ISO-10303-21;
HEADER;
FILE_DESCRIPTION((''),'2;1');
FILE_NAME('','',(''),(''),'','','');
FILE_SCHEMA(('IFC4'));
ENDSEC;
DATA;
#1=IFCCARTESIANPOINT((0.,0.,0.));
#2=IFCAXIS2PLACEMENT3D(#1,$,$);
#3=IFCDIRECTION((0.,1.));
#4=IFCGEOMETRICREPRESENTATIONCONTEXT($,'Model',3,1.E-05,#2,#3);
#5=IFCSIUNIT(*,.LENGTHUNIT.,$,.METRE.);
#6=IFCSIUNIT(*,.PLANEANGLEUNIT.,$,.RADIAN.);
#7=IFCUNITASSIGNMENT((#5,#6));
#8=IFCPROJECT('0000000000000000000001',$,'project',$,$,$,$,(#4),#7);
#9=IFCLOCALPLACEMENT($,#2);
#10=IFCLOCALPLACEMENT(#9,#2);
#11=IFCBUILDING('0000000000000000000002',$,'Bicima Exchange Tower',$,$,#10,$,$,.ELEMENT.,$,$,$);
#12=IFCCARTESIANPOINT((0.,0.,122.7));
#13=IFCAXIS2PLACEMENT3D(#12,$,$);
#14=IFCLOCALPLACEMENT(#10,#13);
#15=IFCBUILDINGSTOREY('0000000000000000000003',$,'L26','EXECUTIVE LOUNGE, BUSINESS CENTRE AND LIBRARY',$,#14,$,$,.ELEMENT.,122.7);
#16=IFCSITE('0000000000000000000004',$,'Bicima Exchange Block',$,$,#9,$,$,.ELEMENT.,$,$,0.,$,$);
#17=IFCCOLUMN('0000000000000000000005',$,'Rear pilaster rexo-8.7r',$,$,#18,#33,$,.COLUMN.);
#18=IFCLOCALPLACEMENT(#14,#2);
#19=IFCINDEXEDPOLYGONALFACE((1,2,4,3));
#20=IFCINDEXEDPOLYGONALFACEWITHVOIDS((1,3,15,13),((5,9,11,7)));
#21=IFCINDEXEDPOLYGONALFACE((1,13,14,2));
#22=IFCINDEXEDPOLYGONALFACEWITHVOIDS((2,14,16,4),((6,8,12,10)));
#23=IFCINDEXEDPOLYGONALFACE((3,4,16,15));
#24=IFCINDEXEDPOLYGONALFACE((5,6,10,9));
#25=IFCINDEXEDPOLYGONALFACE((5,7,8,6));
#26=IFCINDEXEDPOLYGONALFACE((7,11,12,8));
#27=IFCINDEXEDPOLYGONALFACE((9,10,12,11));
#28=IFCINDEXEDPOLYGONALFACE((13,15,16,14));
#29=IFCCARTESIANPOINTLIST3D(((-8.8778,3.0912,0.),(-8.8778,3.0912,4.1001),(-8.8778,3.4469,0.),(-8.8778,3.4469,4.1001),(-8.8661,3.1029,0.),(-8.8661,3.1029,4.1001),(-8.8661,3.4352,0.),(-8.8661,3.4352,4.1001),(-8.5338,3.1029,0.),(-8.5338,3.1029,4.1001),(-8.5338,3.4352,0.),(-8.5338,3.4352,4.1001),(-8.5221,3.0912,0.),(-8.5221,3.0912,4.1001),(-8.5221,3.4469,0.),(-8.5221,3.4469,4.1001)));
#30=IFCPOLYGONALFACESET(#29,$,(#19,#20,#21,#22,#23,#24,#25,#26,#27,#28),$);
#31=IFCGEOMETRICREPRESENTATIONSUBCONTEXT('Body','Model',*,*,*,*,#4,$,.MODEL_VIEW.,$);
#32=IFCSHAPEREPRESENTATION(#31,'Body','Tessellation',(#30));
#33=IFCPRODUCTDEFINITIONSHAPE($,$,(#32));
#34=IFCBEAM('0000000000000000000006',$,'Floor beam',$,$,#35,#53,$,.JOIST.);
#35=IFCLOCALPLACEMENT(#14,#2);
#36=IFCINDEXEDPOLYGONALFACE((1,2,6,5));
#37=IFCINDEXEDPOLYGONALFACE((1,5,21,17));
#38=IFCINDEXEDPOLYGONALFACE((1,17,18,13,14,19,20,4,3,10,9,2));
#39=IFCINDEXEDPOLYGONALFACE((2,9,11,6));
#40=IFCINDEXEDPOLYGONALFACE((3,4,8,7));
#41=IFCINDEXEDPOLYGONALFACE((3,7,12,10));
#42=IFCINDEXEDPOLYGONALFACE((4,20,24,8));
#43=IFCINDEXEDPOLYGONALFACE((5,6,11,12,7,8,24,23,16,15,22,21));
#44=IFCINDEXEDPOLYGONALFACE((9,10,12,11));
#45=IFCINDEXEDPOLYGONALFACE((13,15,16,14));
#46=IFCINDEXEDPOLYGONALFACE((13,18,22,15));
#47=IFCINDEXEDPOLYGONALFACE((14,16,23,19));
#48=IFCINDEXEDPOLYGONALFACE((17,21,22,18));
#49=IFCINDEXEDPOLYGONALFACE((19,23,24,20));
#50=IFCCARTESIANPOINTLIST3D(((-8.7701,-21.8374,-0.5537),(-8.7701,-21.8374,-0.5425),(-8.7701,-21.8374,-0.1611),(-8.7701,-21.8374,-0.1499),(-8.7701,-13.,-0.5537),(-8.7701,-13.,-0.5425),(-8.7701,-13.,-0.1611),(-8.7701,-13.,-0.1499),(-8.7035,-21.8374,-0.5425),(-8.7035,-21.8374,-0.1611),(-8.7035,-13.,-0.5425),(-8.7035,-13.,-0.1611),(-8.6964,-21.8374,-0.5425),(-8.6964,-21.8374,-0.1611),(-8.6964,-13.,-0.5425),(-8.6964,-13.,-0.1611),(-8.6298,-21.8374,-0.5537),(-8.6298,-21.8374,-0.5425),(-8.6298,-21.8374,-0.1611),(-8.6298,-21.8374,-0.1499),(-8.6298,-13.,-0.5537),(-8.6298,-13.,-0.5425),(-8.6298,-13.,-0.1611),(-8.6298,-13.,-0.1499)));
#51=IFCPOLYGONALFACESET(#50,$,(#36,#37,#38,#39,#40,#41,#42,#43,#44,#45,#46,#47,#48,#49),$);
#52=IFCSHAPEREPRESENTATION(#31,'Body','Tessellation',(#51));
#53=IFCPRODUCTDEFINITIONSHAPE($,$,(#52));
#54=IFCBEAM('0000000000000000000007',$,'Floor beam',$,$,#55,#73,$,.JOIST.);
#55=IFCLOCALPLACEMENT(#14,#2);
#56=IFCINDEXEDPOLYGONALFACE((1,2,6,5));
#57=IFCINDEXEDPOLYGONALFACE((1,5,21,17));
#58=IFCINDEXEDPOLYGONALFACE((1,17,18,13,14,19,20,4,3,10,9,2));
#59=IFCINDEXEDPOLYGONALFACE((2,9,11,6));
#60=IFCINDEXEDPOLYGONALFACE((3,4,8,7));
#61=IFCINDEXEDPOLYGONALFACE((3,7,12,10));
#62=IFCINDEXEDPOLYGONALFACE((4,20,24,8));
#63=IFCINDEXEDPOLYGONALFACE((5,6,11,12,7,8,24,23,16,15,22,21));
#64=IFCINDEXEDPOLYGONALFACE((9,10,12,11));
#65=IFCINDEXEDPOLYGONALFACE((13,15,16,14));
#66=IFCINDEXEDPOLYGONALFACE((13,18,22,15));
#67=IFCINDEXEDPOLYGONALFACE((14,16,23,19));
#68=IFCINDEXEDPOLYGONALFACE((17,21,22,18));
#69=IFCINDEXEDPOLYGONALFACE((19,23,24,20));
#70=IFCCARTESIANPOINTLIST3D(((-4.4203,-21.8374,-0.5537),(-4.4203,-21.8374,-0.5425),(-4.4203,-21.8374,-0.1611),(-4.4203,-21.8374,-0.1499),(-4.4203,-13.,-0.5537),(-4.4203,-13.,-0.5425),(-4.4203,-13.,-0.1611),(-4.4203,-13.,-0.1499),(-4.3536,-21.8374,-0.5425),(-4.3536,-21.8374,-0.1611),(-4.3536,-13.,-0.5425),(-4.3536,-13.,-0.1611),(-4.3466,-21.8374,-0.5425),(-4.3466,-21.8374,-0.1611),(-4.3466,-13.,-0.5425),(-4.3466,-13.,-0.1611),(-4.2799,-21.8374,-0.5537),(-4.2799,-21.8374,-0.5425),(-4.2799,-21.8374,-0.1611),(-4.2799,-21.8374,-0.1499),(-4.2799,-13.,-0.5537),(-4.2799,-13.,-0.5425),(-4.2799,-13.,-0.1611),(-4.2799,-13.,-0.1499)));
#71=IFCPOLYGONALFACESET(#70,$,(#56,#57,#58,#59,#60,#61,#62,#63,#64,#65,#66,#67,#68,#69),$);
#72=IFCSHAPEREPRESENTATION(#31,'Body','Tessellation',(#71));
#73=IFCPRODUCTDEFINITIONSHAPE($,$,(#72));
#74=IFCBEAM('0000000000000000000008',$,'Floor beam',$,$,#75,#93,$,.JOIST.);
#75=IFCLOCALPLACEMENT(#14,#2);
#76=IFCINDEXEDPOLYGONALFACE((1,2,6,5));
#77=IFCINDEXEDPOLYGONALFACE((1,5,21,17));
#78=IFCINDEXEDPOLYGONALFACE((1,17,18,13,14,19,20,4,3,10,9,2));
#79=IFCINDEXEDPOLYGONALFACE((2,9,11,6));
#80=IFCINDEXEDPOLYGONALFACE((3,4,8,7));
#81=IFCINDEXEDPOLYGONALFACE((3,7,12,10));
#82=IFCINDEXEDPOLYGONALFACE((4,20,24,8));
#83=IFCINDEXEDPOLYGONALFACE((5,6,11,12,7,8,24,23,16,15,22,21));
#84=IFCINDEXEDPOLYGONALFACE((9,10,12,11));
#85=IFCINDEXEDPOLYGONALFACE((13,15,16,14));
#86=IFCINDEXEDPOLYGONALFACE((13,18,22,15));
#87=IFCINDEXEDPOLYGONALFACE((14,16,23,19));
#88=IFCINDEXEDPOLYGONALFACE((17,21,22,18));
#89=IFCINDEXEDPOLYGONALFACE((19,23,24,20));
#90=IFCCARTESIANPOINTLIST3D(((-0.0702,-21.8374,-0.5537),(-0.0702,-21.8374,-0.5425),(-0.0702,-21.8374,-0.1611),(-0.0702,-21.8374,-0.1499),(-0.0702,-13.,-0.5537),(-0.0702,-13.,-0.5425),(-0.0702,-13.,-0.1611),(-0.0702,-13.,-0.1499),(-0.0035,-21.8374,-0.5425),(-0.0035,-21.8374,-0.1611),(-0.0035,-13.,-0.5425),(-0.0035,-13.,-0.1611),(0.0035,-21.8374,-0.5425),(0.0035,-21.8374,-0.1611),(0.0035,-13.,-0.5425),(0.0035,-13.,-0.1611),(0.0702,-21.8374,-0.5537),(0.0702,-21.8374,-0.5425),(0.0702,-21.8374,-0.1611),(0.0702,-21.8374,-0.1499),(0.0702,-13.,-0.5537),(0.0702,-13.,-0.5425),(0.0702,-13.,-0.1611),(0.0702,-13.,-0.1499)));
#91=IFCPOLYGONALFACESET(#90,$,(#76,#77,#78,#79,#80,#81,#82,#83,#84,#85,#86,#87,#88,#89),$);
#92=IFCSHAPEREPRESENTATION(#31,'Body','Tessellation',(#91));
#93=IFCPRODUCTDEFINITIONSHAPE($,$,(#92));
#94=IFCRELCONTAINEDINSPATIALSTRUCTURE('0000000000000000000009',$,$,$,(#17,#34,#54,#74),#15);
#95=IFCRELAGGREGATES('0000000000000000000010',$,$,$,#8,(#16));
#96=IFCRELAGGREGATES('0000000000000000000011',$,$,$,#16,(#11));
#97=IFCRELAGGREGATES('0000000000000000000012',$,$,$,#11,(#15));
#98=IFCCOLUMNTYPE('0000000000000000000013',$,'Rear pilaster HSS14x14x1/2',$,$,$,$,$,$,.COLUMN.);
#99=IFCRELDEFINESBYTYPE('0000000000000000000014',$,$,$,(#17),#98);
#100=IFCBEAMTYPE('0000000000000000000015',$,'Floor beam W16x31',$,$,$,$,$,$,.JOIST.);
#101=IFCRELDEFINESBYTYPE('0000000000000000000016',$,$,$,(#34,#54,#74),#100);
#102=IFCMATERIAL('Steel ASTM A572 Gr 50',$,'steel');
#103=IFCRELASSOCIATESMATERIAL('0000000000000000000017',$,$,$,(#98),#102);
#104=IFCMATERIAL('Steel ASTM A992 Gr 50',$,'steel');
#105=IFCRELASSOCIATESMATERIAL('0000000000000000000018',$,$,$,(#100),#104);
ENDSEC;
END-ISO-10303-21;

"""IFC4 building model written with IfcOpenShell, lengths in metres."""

from ifc_helpers import new_model, si_unit, direction, frame, origin, origin_2d, place, context, subcontext, project, spatial, hollow_rectangle, i_section, extrude, material, material_profile, profile_set, type_object, element, save


model = new_model("IFC4")

# Units and contexts
model_context = context("Model", 3, precision=1e-05, world=origin(), true_north=direction((0.0, 1.0)))
body_context = subcontext(model_context, "Body", "Model", "MODEL_VIEW")
ifc_project = project(units=[si_unit("LENGTHUNIT", "METRE"), si_unit("PLANEANGLEUNIT", "RADIAN")], contexts=[model_context])

# Site, building, storey
site_placement = place(None, origin())
site = spatial("IfcSite", under=ifc_project, at=site_placement, Name="Bicima Exchange Block", CompositionType="ELEMENT", RefElevation=0.0)
building_placement = place(site_placement, origin())
building = spatial("IfcBuilding", under=site, at=building_placement, Name="Bicima Exchange Tower", CompositionType="ELEMENT")
storey_placement = place(building_placement, frame((0.0, 0.0, 122.7)))
storey = spatial("IfcBuildingStorey", under=building, at=storey_placement, Name="L26", Description="EXECUTIVE LOUNGE, BUSINESS CENTRE AND LIBRARY", CompositionType="ELEMENT", Elevation=122.7)

# Column
ifc_material_1 = material(Name="Steel ASTM A572 Gr 50", Category="steel")
ifc_material_profile_1 = material_profile(ifc_material_1, hollow_rectangle(XDim=0.3557, YDim=0.3557, WallThickness=0.0117, at=origin_2d()))
ifc_profile_set_1 = profile_set([ifc_material_profile_1], Name="Steel ASTM A572 Gr 50")
column_type = type_object("IfcColumnType", Name="Rear pilaster HSS14x14x1/2", PredefinedType="COLUMN", material=ifc_profile_set_1)
column_placement = place(storey_placement, frame((-8.7, 3.269, 0.0), z_axis=(0.0, 0.0, 1.0), x_axis=(1.0, 0.0, 0.0)))
element("IfcColumn", 1, at=column_placement, inside=storey, type_object=column_type, Name="Rear pilaster rexo-8.7r", PredefinedType="COLUMN", context=body_context, shape_type="SweptSolid", body=[
    extrude(hollow_rectangle(XDim=0.3557, YDim=0.3557, WallThickness=0.0117, at=origin_2d()), origin(), (0.0, 0.0, 1.0), 4.1001),
])

# Beams
ifc_material_2 = material(Name="Steel ASTM A992 Gr 50", Category="steel")
ifc_material_profile_2 = material_profile(ifc_material_2, i_section(OverallWidth=0.1404, OverallDepth=0.4038, WebThickness=0.0071, FlangeThickness=0.0112, at=origin_2d()))
ifc_profile_set_2 = profile_set([ifc_material_profile_2], Name="Steel ASTM A992 Gr 50")
beam_type = type_object("IfcBeamType", Name="Floor beam W16x31", PredefinedType="JOIST", material=ifc_profile_set_2)
for number, where, z_axis, x_axis, name in (
    (2, (-8.7, -13.0, -0.3518), (0.0, -1.0, 0.0), (1.0, 0.0, 0.0), "Floor beam"),
    (3, (-4.3501, -13.0, -0.3518), (0.0, -1.0, 0.0), (1.0, 0.0, 0.0), "Floor beam"),
    (4, (0.0, -13.0, -0.3518), (0.0, -1.0, 0.0), (1.0, 0.0, 0.0), "Floor beam"),
):
    element("IfcBeam", number, at=place(storey_placement, frame(where, z_axis=z_axis, x_axis=x_axis)), inside=storey, type_object=beam_type, Name=name, PredefinedType="JOIST", context=body_context, shape_type="SweptSolid", body=[
        extrude(i_section(OverallWidth=0.1404, OverallDepth=0.4038, WebThickness=0.0071, FlangeThickness=0.0112, at=origin_2d()), origin(), (0.0, 0.0, 1.0), 8.8374),
    ])

save(model, "model.ifc")
